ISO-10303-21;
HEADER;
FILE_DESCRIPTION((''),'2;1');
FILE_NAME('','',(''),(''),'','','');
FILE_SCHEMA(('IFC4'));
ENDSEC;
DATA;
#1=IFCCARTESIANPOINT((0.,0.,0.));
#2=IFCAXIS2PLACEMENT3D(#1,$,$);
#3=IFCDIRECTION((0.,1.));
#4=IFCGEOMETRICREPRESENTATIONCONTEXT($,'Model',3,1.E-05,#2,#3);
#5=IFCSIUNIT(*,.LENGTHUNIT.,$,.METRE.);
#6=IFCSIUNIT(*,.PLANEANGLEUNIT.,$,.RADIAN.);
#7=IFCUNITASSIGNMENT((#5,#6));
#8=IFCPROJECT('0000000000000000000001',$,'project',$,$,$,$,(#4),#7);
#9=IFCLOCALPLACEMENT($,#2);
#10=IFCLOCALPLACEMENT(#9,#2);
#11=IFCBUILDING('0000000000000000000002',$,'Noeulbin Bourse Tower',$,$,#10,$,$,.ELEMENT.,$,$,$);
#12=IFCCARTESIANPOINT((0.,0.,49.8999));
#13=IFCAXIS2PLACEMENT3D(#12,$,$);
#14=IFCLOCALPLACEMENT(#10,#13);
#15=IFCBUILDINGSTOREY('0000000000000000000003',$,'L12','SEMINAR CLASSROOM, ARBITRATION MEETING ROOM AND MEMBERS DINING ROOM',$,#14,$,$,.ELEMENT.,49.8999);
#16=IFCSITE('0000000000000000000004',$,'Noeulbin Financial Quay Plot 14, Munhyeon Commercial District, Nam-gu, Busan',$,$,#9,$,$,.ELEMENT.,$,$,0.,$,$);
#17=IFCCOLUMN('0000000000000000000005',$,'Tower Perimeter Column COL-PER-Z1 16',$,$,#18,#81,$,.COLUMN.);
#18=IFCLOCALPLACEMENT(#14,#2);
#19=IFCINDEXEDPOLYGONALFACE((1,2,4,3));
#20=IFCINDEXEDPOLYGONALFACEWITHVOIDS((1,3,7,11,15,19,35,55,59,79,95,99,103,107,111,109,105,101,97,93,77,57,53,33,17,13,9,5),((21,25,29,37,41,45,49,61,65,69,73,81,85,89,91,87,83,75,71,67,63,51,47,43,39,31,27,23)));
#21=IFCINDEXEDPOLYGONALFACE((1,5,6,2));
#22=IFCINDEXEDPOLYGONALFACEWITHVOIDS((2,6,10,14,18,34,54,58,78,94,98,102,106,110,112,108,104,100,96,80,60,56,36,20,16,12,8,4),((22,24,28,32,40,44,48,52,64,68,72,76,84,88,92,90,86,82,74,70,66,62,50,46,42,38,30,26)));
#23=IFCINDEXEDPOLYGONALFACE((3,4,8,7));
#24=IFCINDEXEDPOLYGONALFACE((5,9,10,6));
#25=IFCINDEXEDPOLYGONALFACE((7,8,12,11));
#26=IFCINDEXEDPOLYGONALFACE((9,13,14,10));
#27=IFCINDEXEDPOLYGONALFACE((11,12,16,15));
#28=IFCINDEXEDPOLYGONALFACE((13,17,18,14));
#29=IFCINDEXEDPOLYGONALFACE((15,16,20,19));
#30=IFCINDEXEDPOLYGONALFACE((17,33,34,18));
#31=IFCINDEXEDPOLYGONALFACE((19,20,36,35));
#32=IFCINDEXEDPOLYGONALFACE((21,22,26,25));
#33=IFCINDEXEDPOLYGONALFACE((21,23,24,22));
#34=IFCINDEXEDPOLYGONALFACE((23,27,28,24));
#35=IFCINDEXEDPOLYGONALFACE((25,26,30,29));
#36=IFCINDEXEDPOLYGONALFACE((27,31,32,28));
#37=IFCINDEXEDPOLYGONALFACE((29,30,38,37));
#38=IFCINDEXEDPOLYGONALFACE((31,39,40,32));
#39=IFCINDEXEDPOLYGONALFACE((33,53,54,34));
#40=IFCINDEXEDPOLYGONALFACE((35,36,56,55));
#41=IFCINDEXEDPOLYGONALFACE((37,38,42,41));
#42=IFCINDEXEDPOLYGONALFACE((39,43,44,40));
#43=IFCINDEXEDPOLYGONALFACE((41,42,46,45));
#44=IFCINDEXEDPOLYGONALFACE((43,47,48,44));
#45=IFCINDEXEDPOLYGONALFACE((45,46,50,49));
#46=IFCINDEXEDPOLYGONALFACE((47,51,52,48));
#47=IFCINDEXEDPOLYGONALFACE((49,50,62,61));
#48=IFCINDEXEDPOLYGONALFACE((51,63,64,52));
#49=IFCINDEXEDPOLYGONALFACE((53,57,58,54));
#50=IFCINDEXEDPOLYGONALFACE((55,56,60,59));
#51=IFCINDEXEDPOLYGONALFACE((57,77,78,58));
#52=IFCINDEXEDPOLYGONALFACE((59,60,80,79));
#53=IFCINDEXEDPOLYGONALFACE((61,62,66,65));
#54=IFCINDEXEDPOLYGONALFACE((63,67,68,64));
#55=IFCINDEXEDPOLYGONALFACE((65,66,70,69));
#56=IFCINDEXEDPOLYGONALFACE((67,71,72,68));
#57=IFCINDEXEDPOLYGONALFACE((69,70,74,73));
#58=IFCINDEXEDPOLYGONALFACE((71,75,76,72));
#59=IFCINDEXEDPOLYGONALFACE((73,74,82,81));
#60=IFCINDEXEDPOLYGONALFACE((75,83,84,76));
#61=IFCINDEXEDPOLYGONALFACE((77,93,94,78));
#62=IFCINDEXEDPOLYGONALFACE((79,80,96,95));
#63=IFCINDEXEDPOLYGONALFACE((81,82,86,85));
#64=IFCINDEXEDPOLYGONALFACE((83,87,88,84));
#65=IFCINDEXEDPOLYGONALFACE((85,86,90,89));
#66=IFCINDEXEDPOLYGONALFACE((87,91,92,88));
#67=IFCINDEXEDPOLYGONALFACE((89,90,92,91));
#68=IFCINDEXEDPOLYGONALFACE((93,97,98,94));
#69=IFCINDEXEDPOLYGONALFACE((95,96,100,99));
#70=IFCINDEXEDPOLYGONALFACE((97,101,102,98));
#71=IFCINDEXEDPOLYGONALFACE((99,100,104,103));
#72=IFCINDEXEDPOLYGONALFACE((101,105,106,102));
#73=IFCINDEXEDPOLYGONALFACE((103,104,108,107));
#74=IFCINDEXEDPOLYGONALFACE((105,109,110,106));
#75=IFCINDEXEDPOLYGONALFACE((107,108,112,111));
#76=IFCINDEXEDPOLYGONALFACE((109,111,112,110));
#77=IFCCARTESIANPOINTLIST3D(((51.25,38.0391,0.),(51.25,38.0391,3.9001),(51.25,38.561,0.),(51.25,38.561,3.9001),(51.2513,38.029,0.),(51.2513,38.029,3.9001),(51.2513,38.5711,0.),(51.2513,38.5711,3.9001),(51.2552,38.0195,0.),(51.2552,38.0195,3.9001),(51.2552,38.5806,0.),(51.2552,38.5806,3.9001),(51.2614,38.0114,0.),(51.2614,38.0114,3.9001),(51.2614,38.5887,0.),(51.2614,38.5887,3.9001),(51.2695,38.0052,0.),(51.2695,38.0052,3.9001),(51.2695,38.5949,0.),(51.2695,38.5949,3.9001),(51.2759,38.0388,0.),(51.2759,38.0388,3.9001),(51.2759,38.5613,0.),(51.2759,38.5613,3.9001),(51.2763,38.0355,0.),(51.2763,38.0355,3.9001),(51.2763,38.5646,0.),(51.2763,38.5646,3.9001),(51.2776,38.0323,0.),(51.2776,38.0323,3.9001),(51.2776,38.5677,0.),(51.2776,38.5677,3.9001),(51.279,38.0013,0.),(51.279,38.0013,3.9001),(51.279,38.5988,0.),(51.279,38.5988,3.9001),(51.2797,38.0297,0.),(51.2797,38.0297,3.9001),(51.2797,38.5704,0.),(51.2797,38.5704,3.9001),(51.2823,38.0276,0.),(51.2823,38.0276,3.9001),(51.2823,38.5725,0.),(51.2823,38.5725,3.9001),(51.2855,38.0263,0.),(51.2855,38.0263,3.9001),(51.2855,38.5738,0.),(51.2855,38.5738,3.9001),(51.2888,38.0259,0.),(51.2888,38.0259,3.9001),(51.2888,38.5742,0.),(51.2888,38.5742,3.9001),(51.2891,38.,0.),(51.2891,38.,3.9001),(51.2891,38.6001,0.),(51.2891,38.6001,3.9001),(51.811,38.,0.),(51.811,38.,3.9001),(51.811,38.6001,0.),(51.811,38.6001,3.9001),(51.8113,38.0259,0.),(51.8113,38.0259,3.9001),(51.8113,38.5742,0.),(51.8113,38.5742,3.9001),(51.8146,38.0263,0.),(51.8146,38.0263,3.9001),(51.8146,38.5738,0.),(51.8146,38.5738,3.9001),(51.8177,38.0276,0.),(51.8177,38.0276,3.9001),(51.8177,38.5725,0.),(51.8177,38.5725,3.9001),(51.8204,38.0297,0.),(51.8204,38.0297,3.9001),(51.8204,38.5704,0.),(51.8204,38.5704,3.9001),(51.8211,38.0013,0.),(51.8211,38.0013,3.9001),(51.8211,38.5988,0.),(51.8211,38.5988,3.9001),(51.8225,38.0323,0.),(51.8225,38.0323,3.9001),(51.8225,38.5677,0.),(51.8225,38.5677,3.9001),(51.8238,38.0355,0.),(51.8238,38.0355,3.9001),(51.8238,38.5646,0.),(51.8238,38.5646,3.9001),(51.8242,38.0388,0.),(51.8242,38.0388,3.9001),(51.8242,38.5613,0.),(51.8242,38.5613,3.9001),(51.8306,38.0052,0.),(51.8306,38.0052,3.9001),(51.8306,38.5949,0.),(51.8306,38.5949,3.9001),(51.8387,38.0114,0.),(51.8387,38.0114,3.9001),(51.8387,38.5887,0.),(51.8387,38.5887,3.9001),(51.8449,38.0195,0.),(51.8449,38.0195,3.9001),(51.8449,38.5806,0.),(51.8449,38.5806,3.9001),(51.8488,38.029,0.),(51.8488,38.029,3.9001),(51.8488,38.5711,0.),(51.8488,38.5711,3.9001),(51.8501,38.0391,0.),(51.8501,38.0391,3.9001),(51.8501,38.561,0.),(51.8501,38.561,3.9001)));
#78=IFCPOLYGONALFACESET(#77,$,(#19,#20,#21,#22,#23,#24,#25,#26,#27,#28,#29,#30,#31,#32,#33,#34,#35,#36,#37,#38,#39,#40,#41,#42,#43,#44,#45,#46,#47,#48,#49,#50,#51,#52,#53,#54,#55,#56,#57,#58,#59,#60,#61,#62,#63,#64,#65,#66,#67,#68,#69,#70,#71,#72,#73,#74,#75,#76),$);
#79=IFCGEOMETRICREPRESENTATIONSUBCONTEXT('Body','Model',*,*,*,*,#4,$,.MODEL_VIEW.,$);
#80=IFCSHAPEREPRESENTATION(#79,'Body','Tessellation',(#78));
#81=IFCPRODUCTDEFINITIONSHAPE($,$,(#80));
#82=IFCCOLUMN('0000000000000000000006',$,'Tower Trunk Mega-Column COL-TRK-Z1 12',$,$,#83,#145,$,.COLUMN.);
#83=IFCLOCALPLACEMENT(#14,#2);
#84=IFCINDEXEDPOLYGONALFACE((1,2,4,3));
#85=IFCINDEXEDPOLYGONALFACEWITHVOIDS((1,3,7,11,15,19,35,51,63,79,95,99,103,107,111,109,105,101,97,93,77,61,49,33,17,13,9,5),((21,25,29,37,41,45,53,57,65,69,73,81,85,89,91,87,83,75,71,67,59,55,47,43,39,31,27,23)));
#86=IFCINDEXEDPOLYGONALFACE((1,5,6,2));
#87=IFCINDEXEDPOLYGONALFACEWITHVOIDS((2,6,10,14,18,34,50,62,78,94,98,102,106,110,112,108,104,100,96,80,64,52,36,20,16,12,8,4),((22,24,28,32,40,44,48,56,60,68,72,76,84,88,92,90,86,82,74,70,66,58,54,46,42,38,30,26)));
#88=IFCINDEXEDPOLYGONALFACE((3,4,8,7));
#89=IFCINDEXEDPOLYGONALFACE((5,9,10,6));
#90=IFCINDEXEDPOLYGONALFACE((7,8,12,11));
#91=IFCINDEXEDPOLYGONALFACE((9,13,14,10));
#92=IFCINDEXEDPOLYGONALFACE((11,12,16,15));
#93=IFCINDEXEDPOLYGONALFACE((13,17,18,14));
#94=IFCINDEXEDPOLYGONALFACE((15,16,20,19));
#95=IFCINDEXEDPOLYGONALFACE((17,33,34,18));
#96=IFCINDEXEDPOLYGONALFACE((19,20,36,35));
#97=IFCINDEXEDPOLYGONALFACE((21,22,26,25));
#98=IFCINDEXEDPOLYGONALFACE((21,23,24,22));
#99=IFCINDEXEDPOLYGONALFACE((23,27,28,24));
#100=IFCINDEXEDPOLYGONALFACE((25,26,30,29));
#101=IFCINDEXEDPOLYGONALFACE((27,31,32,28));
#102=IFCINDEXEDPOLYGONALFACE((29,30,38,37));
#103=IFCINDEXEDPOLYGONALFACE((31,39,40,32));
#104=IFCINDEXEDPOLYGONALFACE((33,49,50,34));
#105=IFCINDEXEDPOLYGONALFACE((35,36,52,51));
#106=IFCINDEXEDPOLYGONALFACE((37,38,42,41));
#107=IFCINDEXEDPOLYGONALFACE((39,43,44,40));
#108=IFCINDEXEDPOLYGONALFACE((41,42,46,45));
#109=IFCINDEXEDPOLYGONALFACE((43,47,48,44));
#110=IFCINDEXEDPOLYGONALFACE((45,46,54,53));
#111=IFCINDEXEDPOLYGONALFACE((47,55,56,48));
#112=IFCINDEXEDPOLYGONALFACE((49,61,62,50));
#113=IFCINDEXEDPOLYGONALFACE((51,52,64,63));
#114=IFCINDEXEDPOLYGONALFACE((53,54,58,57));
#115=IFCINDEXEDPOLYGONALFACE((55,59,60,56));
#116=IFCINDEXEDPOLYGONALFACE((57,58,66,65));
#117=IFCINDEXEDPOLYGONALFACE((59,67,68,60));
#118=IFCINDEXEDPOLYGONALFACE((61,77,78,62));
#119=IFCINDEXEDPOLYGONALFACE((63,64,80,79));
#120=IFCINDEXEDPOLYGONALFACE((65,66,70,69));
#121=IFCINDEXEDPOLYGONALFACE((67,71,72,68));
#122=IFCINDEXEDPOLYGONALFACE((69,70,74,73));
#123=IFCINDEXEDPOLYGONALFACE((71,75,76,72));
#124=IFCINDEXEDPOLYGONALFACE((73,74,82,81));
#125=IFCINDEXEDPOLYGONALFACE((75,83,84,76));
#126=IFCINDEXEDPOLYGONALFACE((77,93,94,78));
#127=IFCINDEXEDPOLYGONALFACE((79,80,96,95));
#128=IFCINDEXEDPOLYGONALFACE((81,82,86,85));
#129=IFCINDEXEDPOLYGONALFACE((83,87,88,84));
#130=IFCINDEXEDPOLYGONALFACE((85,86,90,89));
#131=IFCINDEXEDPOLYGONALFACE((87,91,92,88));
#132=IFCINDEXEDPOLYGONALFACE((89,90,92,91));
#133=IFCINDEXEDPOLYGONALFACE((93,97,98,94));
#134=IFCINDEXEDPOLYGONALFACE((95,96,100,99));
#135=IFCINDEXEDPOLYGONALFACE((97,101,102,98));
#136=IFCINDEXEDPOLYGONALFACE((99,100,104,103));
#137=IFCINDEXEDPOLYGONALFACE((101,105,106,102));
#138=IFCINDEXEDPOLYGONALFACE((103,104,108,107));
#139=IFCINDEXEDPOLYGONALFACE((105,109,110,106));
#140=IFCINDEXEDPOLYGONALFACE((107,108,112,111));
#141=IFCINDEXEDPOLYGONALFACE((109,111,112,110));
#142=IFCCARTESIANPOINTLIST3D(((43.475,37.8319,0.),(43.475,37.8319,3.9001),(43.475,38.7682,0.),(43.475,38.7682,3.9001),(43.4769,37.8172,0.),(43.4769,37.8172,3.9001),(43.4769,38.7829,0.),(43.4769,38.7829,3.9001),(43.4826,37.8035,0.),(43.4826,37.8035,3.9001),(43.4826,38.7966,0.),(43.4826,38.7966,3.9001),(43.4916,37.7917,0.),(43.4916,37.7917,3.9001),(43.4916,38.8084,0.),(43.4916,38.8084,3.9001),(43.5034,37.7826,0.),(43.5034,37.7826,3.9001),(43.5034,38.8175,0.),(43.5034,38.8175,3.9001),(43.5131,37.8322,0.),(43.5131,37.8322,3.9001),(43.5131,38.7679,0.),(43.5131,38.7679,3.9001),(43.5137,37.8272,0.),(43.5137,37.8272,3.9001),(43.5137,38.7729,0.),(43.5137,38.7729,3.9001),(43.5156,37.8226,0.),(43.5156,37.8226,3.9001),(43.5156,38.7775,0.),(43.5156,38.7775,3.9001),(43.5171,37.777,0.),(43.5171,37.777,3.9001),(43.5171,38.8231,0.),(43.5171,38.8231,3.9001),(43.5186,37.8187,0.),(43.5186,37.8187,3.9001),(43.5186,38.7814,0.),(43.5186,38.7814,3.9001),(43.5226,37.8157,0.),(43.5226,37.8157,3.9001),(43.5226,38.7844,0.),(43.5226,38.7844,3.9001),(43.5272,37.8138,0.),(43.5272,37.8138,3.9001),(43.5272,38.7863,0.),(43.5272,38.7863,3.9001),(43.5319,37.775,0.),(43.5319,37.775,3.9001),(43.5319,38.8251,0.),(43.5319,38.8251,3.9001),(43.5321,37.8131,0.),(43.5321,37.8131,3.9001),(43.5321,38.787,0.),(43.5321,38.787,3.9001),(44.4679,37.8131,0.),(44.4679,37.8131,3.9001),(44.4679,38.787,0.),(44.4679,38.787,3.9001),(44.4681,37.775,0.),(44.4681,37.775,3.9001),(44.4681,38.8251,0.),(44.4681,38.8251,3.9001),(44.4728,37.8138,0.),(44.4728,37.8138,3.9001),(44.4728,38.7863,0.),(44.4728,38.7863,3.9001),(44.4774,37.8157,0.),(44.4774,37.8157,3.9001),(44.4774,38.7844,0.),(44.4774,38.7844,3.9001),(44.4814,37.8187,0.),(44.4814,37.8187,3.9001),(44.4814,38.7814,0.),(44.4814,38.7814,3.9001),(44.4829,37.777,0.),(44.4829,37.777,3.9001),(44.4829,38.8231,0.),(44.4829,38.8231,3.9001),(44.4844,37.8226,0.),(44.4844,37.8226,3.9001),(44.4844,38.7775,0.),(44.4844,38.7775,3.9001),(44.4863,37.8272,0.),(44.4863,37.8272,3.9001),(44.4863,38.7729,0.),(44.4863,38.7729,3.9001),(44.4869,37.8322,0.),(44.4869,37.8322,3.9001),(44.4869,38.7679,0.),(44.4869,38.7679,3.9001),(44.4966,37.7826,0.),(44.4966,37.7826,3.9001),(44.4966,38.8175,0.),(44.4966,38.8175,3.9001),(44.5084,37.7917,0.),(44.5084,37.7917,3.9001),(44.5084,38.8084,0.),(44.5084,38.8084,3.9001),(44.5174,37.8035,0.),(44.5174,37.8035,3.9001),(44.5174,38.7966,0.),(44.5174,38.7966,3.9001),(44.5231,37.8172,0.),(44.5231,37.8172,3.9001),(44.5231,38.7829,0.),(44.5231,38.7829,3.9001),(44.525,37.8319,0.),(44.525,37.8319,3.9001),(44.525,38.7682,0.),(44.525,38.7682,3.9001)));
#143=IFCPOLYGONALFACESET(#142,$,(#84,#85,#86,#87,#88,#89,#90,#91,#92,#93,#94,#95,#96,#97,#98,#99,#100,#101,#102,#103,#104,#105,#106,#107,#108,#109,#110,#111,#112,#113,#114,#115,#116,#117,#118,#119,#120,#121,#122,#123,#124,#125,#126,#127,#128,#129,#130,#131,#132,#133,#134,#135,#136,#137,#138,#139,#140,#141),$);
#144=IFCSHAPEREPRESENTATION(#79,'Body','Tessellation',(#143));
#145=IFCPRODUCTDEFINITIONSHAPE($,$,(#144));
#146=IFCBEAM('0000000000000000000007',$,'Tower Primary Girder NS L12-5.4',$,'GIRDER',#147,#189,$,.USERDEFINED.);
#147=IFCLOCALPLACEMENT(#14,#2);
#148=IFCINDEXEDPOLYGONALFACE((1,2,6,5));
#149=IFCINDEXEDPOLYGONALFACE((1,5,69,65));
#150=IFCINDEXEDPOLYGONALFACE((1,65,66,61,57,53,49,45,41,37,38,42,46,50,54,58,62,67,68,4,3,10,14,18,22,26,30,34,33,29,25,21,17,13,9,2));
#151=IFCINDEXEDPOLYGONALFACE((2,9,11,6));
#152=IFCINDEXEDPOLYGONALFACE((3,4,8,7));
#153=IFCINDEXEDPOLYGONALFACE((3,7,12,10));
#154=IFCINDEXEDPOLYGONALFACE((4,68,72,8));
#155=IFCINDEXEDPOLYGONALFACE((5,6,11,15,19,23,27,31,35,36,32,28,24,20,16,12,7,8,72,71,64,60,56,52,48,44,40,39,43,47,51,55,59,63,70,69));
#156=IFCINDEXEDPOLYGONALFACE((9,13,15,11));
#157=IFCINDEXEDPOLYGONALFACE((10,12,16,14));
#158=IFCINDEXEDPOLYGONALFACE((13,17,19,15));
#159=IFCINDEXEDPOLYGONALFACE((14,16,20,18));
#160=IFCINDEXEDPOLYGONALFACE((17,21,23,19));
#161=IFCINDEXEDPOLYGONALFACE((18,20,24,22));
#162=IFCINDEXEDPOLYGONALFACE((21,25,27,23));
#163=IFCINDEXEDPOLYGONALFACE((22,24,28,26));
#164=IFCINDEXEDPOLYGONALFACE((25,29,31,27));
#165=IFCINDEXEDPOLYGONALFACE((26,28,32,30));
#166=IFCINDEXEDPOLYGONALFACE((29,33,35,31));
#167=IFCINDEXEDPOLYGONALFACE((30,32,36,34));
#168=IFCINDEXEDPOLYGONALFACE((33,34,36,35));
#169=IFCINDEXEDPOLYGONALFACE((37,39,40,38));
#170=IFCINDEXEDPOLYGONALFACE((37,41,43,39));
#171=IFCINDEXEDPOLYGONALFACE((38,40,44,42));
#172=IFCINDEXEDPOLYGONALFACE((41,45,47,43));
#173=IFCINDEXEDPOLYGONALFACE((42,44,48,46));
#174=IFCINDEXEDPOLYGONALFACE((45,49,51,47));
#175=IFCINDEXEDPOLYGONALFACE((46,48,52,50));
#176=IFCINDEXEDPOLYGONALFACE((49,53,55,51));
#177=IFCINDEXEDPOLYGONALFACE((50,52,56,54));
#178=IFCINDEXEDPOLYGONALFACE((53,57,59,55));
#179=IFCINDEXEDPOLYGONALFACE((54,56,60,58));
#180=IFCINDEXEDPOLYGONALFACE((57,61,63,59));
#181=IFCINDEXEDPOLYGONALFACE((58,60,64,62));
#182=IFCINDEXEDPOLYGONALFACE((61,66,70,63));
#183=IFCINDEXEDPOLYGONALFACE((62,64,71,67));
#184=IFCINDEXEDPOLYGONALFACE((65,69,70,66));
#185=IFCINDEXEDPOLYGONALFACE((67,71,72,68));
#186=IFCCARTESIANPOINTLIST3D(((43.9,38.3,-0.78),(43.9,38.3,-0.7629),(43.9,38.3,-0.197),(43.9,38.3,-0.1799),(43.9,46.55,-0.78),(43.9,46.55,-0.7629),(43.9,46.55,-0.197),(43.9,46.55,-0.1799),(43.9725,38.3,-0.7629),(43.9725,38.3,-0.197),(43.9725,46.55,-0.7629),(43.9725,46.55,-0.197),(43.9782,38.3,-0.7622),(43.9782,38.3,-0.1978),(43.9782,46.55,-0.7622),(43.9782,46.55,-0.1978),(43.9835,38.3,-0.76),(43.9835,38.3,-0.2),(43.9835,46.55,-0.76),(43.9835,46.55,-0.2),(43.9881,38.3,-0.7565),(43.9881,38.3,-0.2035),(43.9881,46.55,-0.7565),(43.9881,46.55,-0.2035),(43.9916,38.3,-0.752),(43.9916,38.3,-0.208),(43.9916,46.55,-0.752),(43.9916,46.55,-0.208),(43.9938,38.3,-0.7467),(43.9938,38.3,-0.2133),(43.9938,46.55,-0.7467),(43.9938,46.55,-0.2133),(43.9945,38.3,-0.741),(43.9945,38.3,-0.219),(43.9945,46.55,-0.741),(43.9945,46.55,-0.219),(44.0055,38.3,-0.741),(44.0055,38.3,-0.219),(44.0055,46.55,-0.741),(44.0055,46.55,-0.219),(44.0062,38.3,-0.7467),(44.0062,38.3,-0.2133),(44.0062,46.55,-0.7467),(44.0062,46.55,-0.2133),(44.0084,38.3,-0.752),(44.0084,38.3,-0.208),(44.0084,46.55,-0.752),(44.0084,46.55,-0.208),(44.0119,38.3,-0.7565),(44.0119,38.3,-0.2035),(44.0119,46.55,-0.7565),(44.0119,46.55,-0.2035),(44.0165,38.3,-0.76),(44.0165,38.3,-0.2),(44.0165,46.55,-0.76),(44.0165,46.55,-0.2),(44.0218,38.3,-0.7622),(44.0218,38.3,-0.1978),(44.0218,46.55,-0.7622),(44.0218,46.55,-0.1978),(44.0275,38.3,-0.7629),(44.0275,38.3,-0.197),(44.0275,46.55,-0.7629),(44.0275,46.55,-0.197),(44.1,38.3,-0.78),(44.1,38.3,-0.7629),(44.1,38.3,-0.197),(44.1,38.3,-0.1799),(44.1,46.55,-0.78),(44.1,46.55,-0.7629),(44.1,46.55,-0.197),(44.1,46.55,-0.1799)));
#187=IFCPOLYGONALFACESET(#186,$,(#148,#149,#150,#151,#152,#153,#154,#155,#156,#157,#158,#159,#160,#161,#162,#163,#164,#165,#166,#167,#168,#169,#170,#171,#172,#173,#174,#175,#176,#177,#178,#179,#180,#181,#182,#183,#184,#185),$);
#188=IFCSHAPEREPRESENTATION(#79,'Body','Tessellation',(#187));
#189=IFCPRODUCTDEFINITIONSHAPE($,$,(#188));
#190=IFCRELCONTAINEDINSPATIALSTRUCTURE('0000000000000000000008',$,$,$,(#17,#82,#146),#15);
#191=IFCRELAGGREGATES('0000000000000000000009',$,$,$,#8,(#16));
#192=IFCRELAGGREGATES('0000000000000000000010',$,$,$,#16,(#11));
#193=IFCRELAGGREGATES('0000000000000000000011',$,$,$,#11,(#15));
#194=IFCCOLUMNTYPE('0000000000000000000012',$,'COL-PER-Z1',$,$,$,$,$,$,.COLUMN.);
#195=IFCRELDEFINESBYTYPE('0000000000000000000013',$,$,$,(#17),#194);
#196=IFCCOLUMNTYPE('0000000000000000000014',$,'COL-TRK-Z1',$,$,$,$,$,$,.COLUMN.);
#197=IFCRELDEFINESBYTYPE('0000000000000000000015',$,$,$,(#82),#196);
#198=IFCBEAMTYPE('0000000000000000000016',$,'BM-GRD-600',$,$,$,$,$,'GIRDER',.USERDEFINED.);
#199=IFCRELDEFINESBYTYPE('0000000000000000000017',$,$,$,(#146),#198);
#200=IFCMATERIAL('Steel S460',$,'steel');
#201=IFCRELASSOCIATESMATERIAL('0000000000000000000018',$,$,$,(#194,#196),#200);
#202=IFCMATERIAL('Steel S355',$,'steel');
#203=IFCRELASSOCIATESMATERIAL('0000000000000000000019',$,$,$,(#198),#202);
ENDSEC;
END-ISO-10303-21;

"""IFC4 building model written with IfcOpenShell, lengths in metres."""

from ifc_helpers import new_model, si_unit, direction, frame, origin, origin_2d, place, context, subcontext, project, spatial, hollow_rectangle, i_section, extrude, material, material_profile, profile_set, type_object, element, save


model = new_model("IFC4")

# Units and contexts
model_context = context("Model", 3, precision=1e-05, world=origin(), true_north=direction((0.0, 1.0)))
body_context = subcontext(model_context, "Body", "Model", "MODEL_VIEW")
ifc_project = project(units=[si_unit("LENGTHUNIT", "METRE"), si_unit("PLANEANGLEUNIT", "RADIAN")], contexts=[model_context])

# Site, building, storey
site_placement = place(None, origin())
site = spatial("IfcSite", under=ifc_project, at=site_placement, Name="Noeulbin Financial Quay Plot 14, Munhyeon Commercial District, Nam-gu, Busan", CompositionType="ELEMENT", RefElevation=0.0)
building_placement = place(site_placement, origin())
building = spatial("IfcBuilding", under=site, at=building_placement, Name="Noeulbin Bourse Tower", CompositionType="ELEMENT")
storey_placement = place(building_placement, frame((0.0, 0.0, 49.8999)))
storey = spatial("IfcBuildingStorey", under=building, at=storey_placement, Name="L12", Description="SEMINAR CLASSROOM, ARBITRATION MEETING ROOM AND MEMBERS DINING ROOM", CompositionType="ELEMENT", Elevation=49.8999)

# Columns
ifc_material_1 = material(Name="Steel S355", Category="steel")
ifc_material_2 = material(Name="Steel S460", Category="steel")
ifc_material_profile_1 = material_profile(ifc_material_2, hollow_rectangle(XDim=0.6001, YDim=0.6001, WallThickness=0.0259, InnerFilletRadius=0.0129, OuterFilletRadius=0.0391, at=origin_2d()), Name="BOX-600x600x26", Category="LoadBearing")
ifc_profile_set_1 = profile_set([ifc_material_profile_1], Name="Steel S460")
column_type_1 = type_object("IfcColumnType", Name="COL-PER-Z1", PredefinedType="COLUMN", material=ifc_profile_set_1)
for number, where, z_axis, x_axis, name in (
    (1, (51.55, 38.3, 0.0), (0.0, 0.0, 1.0), (1.0, 0.0, 0.0), "Tower Perimeter Column COL-PER-Z1 16"),
):
    element("IfcColumn", number, at=place(storey_placement, frame(where, z_axis=z_axis, x_axis=x_axis)), inside=storey, type_object=column_type_1, Name=name, PredefinedType="COLUMN", context=body_context, shape_type="SweptSolid", body=[
        extrude(hollow_rectangle(XDim=0.6001, YDim=0.6001, WallThickness=0.0259, InnerFilletRadius=0.0129, OuterFilletRadius=0.0391, at=origin_2d()), origin(), (0.0, 0.0, 1.0), 3.9001),
    ])
ifc_material_profile_2 = material_profile(ifc_material_2, hollow_rectangle(XDim=1.05, YDim=1.05, WallThickness=0.0381, InnerFilletRadius=0.019, OuterFilletRadius=0.0569, at=origin_2d()), Name="BOX-1050x1050x38", Category="LoadBearing")
ifc_profile_set_2 = profile_set([ifc_material_profile_2], Name="Steel S460")
column_type_2 = type_object("IfcColumnType", Name="COL-TRK-Z1", PredefinedType="COLUMN", material=ifc_profile_set_2)
column_1_placement = place(storey_placement, frame((44.0, 38.3, 0.0), z_axis=(0.0, 0.0, 1.0), x_axis=(1.0, 0.0, 0.0)))
element("IfcColumn", 2, at=column_1_placement, inside=storey, type_object=column_type_2, Name="Tower Trunk Mega-Column COL-TRK-Z1 12", PredefinedType="COLUMN", context=body_context, shape_type="SweptSolid", body=[
    extrude(hollow_rectangle(XDim=1.05, YDim=1.05, WallThickness=0.0381, InnerFilletRadius=0.019, OuterFilletRadius=0.0569, at=origin_2d()), origin(), (0.0, 0.0, 1.0), 3.9001),
])

# Beam
ifc_material_profile_3 = material_profile(ifc_material_1, i_section(OverallWidth=0.2, OverallDepth=0.6001, WebThickness=0.011, FlangeThickness=0.0171, FilletRadius=0.022, at=origin_2d()), Name="H-600x200x11x17", Category="LoadBearing")
ifc_profile_set_3 = profile_set([ifc_material_profile_3], Name="Steel S355")
beam_type_1 = type_object("IfcBeamType", Name="BM-GRD-600", ElementType="GIRDER", PredefinedType="USERDEFINED", material=ifc_profile_set_3)
beam_1_placement = place(storey_placement, frame((44.0, 38.3, -0.48), z_axis=(0.0, 1.0, 0.0), x_axis=(-1.0, 0.0, 0.0)))
element("IfcBeam", 3, at=beam_1_placement, inside=storey, type_object=beam_type_1, Name="Tower Primary Girder NS L12-5.4", ObjectType="GIRDER", PredefinedType="USERDEFINED", context=body_context, shape_type="SweptSolid", body=[
    extrude(i_section(OverallWidth=0.2, OverallDepth=0.6001, WebThickness=0.011, FlangeThickness=0.0171, FilletRadius=0.022, at=origin_2d()), origin(), (0.0, 0.0, 1.0), 8.25),
])

save(model, "model.ifc")
